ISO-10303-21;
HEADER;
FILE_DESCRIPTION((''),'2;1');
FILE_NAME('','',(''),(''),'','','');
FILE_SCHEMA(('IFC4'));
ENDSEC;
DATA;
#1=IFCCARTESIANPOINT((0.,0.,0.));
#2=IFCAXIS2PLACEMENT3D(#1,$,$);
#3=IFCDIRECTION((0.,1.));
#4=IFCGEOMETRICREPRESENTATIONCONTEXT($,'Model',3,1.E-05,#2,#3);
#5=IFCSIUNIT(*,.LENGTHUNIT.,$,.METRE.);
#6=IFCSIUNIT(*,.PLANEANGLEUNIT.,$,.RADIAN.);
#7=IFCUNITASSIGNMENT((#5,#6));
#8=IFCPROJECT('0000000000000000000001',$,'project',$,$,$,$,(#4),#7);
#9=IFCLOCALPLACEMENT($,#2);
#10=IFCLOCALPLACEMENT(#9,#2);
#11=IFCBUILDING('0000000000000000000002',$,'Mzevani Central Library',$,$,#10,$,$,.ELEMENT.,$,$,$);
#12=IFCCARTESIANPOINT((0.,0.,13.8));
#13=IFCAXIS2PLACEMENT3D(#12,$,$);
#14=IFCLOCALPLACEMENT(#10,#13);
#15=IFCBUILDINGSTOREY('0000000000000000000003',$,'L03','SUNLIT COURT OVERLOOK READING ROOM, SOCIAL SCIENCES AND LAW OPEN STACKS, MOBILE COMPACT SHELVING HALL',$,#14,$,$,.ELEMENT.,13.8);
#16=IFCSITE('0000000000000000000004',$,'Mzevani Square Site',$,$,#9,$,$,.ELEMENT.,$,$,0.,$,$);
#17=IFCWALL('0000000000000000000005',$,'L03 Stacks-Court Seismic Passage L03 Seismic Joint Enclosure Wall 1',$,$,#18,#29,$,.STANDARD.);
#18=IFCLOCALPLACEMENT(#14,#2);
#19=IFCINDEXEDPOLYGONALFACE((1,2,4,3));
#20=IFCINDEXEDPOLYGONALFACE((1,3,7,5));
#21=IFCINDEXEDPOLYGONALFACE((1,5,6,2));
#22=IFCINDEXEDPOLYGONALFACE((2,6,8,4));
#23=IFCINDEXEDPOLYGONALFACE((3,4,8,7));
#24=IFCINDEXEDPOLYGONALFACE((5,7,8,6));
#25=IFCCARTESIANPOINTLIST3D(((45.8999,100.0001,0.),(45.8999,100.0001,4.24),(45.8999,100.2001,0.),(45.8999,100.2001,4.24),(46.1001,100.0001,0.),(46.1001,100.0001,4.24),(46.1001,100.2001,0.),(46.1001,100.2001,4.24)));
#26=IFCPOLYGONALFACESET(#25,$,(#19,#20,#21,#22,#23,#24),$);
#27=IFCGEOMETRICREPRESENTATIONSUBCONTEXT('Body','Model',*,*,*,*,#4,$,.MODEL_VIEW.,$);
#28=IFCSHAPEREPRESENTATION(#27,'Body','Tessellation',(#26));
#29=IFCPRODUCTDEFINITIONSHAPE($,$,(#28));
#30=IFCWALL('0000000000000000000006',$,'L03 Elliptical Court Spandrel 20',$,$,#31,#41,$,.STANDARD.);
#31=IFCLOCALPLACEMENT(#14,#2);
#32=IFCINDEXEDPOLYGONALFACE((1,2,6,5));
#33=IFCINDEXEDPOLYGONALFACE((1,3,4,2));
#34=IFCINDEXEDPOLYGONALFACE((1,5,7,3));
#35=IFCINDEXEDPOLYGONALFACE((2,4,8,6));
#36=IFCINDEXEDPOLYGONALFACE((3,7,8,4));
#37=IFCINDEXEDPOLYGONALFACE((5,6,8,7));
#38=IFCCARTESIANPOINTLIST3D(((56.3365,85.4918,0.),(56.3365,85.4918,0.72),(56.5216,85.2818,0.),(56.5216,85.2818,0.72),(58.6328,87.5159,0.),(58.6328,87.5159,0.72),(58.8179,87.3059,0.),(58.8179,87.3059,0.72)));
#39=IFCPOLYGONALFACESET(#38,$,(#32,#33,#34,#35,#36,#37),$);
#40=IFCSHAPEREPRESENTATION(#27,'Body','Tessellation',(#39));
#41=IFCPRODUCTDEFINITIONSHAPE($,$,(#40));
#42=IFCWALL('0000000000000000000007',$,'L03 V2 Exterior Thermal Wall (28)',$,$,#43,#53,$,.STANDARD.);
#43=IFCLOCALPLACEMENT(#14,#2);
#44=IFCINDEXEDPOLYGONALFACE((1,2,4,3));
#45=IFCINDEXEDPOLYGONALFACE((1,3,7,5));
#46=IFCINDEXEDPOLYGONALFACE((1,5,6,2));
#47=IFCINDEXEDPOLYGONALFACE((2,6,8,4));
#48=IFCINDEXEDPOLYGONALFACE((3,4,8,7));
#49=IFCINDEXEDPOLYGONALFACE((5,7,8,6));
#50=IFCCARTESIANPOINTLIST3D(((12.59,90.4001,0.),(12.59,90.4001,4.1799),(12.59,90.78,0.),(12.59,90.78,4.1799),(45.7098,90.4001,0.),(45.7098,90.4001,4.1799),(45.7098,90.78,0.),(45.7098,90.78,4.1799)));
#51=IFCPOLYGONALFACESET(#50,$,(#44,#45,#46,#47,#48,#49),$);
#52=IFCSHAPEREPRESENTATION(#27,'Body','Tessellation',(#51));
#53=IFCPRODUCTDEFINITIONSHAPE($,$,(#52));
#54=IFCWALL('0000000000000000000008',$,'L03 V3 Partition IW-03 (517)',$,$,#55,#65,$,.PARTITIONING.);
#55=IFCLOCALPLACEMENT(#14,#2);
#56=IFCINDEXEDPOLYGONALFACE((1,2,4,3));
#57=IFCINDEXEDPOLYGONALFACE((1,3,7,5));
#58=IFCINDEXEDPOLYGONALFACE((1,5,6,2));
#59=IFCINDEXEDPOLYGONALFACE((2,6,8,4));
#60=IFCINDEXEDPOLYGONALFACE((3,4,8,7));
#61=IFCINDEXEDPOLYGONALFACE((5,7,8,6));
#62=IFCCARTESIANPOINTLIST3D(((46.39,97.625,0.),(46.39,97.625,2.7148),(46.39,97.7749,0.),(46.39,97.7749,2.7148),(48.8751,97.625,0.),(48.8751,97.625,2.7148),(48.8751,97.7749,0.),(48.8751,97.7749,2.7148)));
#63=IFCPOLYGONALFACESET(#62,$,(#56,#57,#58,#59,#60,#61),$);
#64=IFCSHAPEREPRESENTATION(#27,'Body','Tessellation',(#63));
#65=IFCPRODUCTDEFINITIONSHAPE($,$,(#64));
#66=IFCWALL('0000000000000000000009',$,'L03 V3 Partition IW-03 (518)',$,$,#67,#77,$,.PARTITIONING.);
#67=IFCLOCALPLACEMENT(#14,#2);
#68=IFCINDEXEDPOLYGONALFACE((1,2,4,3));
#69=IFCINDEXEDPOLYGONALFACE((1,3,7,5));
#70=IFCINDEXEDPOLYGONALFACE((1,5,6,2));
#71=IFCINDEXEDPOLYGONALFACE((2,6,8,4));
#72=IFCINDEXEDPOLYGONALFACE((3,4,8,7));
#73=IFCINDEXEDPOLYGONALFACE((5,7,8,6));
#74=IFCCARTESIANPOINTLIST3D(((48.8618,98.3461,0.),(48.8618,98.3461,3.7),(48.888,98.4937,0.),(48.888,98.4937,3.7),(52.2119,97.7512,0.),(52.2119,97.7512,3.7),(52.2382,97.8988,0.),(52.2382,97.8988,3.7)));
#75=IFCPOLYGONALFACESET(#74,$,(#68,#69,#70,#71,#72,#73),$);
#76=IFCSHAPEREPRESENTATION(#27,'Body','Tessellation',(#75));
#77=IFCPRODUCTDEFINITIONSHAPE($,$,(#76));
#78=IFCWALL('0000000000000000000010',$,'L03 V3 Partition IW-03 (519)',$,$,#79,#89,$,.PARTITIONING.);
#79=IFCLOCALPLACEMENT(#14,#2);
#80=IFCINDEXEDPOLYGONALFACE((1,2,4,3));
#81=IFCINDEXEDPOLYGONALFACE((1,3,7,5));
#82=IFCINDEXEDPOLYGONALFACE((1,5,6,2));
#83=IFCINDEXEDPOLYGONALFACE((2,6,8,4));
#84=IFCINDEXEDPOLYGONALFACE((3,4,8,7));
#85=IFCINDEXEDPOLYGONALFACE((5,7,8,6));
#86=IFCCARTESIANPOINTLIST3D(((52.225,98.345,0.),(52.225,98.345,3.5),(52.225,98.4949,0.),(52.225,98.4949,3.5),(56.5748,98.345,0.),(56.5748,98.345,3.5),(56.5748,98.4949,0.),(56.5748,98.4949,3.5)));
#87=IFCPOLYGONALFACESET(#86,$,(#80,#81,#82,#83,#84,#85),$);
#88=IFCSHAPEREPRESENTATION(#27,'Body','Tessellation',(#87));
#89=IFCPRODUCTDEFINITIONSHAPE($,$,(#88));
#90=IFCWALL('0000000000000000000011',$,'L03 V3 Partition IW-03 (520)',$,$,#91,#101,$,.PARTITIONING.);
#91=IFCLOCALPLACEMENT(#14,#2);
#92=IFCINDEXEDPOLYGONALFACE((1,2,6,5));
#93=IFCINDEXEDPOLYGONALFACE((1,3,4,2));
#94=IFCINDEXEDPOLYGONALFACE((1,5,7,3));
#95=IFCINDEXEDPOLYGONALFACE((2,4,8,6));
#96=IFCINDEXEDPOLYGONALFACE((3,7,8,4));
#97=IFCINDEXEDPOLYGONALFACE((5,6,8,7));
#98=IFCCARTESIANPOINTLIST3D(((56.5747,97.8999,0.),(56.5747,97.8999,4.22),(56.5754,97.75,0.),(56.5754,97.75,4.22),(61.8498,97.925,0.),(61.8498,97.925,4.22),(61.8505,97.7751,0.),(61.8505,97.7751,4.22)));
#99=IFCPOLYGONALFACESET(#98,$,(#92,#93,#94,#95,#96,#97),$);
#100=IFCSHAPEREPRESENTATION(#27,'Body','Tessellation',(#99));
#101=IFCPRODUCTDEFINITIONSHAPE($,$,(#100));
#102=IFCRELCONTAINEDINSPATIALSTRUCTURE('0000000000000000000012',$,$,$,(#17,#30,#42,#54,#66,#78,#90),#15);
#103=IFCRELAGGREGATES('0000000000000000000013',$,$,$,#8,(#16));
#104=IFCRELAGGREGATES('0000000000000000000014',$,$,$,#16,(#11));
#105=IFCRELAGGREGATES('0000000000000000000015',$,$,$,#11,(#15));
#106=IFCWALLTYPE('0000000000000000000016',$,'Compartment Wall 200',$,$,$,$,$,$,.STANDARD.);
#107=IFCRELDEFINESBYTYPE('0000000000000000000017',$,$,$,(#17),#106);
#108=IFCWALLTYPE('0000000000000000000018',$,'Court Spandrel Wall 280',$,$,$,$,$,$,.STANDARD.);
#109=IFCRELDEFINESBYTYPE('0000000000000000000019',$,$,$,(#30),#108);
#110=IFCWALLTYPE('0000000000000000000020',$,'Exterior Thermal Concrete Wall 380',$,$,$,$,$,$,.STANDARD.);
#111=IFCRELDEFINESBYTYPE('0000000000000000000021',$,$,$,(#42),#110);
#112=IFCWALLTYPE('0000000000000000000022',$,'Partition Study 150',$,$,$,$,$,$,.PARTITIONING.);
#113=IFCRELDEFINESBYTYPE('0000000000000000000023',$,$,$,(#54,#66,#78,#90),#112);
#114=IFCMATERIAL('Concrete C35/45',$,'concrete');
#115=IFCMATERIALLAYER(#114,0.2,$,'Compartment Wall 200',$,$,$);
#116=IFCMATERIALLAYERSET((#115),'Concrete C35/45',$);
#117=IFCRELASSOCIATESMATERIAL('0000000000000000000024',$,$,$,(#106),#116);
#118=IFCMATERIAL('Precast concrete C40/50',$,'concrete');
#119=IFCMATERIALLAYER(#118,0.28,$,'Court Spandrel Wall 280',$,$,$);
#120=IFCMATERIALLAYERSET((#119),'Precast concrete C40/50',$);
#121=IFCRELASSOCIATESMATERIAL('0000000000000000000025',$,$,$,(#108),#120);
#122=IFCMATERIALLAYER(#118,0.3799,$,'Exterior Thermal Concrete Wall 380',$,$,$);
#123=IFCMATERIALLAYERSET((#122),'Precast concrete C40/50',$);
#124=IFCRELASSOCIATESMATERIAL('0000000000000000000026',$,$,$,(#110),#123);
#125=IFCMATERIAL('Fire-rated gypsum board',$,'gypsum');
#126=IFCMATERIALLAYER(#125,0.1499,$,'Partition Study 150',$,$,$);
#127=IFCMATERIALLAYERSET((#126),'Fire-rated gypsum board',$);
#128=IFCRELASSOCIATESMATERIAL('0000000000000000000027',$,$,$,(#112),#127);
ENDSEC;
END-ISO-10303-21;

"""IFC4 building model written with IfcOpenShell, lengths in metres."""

from ifc_helpers import new_model, si_unit, direction, frame, frame_2d, origin, place, context, subcontext, project, spatial, rectangle, extrude, material, layer, layer_set, type_object, element, save


model = new_model("IFC4")

# Units and contexts
model_context = context("Model", 3, precision=1e-05, world=origin(), true_north=direction((0.0, 1.0)))
body_context = subcontext(model_context, "Body", "Model", "MODEL_VIEW")
ifc_project = project(units=[si_unit("LENGTHUNIT", "METRE"), si_unit("PLANEANGLEUNIT", "RADIAN")], contexts=[model_context])

# Site, building, storey
site_placement = place(None, origin())
site = spatial("IfcSite", under=ifc_project, at=site_placement, Name="Mzevani Square Site", CompositionType="ELEMENT", RefElevation=0.0)
building_placement = place(site_placement, origin())
building = spatial("IfcBuilding", under=site, at=building_placement, Name="Mzevani Central Library", CompositionType="ELEMENT")
storey_placement = place(building_placement, frame((0.0, 0.0, 13.8)))
storey = spatial("IfcBuildingStorey", under=building, at=storey_placement, Name="L03", Description="SUNLIT COURT OVERLOOK READING ROOM, SOCIAL SCIENCES AND LAW OPEN STACKS, MOBILE COMPACT SHELVING HALL", CompositionType="ELEMENT", Elevation=13.8)

# Shared definitions
ifc_material_1 = material(Name="Concrete C35/45", Category="concrete")

# Shared definitions
ifc_material_2 = material(Name="Precast concrete C40/50", Category="concrete")

# Walls
ifc_layer_1 = layer(ifc_material_1, 0.2, Name="Compartment Wall 200")
ifc_layer_set_1 = layer_set([ifc_layer_1], Name="Concrete C35/45")
wall_type_1 = type_object("IfcWallType", Name="Compartment Wall 200", PredefinedType="STANDARD", material=ifc_layer_set_1)
wall_1_placement = place(storey_placement, frame((45.8999, 100.1001, 0.0), z_axis=(0.0, 0.0, 1.0), x_axis=(1.0, 0.0, 0.0)))
element("IfcWall", 1, at=wall_1_placement, inside=storey, type_object=wall_type_1, Name="L03 Stacks-Court Seismic Passage L03 Seismic Joint Enclosure Wall 1", PredefinedType="STANDARD", context=body_context, shape_type="SweptSolid", body=[
    extrude(rectangle(XDim=0.2002, YDim=0.2, at=frame_2d((0.1001, 0.0))), origin(), (0.0, 0.0, 1.0), 4.24),
])
ifc_layer_2 = layer(ifc_material_2, 0.28, Name="Court Spandrel Wall 280")
ifc_layer_set_2 = layer_set([ifc_layer_2], Name="Precast concrete C40/50")
wall_type_2 = type_object("IfcWallType", Name="Court Spandrel Wall 280", PredefinedType="STANDARD", material=ifc_layer_set_2)
wall_2_placement = place(storey_placement, frame((58.7253, 87.4109, 0.0), z_axis=(0.0, 0.0, 1.0), x_axis=(-0.750171, -0.661244, 0.0)))
element("IfcWall", 2, at=wall_2_placement, inside=storey, type_object=wall_type_2, Name="L03 Elliptical Court Spandrel 20", PredefinedType="STANDARD", context=body_context, shape_type="SweptSolid", body=[
    extrude(rectangle(XDim=3.061, YDim=0.28, at=frame_2d((1.5305, 0.0))), origin(), (0.0, 0.0, 1.0), 0.72),
])
ifc_layer_3 = layer(ifc_material_2, 0.3799, Name="Exterior Thermal Concrete Wall 380")
ifc_layer_set_3 = layer_set([ifc_layer_3], Name="Precast concrete C40/50")
wall_type_3 = type_object("IfcWallType", Name="Exterior Thermal Concrete Wall 380", PredefinedType="STANDARD", material=ifc_layer_set_3)
wall_3_placement = place(storey_placement, frame((45.71, 90.5901, 0.0), z_axis=(0.0, 0.0, 1.0), x_axis=(-1.0, 0.0, 0.0)))
element("IfcWall", 3, at=wall_3_placement, inside=storey, type_object=wall_type_3, Name="L03 V2 Exterior Thermal Wall (28)", PredefinedType="STANDARD", context=body_context, shape_type="SweptSolid", body=[
    extrude(rectangle(XDim=33.1199, YDim=0.3799, at=frame_2d((16.5601, 0.0))), origin(), (0.0, 0.0, 1.0), 4.1799),
])
ifc_material_3 = material(Name="Fire-rated gypsum board", Category="gypsum")
ifc_layer_4 = layer(ifc_material_3, 0.1499, Name="Partition Study 150")
ifc_layer_set_4 = layer_set([ifc_layer_4], Name="Fire-rated gypsum board")
wall_type_4 = type_object("IfcWallType", Name="Partition Study 150", PredefinedType="PARTITIONING", material=ifc_layer_set_4)
wall_4_placement = place(storey_placement, frame((46.3899, 97.7, 0.0), z_axis=(0.0, 0.0, 1.0), x_axis=(1.0, 0.0, 0.0)))
element("IfcWall", 4, at=wall_4_placement, inside=storey, type_object=wall_type_4, Name="L03 V3 Partition IW-03 (517)", PredefinedType="PARTITIONING", context=body_context, shape_type="SweptSolid", body=[
    extrude(rectangle(XDim=2.4851, YDim=0.1499, at=frame_2d((1.2427, 0.0))), origin(), (0.0, 0.0, 1.0), 2.7148),
])
wall_5_placement = place(storey_placement, frame((48.875, 98.4199, 0.0), z_axis=(0.0, 0.0, 1.0), x_axis=(0.984593, -0.174862, 0.0)))
element("IfcWall", 5, at=wall_5_placement, inside=storey, type_object=wall_type_4, Name="L03 V3 Partition IW-03 (518)", PredefinedType="PARTITIONING", context=body_context, shape_type="SweptSolid", body=[
    extrude(rectangle(XDim=3.4026, YDim=0.1499, at=frame_2d((1.7012, 0.0))), origin(), (0.0, 0.0, 1.0), 3.7),
])
wall_6_placement = place(storey_placement, frame((52.2251, 98.4199, 0.0), z_axis=(0.0, 0.0, 1.0), x_axis=(1.0, 0.0, 0.0)))
element("IfcWall", 6, at=wall_6_placement, inside=storey, type_object=wall_type_4, Name="L03 V3 Partition IW-03 (519)", PredefinedType="PARTITIONING", context=body_context, shape_type="SweptSolid", body=[
    extrude(rectangle(XDim=4.3499, YDim=0.1499, at=frame_2d((2.1748, 0.0))), origin(), (0.0, 0.0, 1.0), 3.5),
])
wall_7_placement = place(storey_placement, frame((56.575, 97.825, 0.0), z_axis=(0.0, 0.0, 1.0), x_axis=(0.999989, 0.004767, 0.0)))
element("IfcWall", 7, at=wall_7_placement, inside=storey, type_object=wall_type_4, Name="L03 V3 Partition IW-03 (520)", PredefinedType="PARTITIONING", context=body_context, shape_type="SweptSolid", body=[
    extrude(rectangle(XDim=5.2751, YDim=0.1499, at=frame_2d((2.6377, 0.0))), origin(), (0.0, 0.0, 1.0), 4.22),
])

save(model, "model.ifc")
